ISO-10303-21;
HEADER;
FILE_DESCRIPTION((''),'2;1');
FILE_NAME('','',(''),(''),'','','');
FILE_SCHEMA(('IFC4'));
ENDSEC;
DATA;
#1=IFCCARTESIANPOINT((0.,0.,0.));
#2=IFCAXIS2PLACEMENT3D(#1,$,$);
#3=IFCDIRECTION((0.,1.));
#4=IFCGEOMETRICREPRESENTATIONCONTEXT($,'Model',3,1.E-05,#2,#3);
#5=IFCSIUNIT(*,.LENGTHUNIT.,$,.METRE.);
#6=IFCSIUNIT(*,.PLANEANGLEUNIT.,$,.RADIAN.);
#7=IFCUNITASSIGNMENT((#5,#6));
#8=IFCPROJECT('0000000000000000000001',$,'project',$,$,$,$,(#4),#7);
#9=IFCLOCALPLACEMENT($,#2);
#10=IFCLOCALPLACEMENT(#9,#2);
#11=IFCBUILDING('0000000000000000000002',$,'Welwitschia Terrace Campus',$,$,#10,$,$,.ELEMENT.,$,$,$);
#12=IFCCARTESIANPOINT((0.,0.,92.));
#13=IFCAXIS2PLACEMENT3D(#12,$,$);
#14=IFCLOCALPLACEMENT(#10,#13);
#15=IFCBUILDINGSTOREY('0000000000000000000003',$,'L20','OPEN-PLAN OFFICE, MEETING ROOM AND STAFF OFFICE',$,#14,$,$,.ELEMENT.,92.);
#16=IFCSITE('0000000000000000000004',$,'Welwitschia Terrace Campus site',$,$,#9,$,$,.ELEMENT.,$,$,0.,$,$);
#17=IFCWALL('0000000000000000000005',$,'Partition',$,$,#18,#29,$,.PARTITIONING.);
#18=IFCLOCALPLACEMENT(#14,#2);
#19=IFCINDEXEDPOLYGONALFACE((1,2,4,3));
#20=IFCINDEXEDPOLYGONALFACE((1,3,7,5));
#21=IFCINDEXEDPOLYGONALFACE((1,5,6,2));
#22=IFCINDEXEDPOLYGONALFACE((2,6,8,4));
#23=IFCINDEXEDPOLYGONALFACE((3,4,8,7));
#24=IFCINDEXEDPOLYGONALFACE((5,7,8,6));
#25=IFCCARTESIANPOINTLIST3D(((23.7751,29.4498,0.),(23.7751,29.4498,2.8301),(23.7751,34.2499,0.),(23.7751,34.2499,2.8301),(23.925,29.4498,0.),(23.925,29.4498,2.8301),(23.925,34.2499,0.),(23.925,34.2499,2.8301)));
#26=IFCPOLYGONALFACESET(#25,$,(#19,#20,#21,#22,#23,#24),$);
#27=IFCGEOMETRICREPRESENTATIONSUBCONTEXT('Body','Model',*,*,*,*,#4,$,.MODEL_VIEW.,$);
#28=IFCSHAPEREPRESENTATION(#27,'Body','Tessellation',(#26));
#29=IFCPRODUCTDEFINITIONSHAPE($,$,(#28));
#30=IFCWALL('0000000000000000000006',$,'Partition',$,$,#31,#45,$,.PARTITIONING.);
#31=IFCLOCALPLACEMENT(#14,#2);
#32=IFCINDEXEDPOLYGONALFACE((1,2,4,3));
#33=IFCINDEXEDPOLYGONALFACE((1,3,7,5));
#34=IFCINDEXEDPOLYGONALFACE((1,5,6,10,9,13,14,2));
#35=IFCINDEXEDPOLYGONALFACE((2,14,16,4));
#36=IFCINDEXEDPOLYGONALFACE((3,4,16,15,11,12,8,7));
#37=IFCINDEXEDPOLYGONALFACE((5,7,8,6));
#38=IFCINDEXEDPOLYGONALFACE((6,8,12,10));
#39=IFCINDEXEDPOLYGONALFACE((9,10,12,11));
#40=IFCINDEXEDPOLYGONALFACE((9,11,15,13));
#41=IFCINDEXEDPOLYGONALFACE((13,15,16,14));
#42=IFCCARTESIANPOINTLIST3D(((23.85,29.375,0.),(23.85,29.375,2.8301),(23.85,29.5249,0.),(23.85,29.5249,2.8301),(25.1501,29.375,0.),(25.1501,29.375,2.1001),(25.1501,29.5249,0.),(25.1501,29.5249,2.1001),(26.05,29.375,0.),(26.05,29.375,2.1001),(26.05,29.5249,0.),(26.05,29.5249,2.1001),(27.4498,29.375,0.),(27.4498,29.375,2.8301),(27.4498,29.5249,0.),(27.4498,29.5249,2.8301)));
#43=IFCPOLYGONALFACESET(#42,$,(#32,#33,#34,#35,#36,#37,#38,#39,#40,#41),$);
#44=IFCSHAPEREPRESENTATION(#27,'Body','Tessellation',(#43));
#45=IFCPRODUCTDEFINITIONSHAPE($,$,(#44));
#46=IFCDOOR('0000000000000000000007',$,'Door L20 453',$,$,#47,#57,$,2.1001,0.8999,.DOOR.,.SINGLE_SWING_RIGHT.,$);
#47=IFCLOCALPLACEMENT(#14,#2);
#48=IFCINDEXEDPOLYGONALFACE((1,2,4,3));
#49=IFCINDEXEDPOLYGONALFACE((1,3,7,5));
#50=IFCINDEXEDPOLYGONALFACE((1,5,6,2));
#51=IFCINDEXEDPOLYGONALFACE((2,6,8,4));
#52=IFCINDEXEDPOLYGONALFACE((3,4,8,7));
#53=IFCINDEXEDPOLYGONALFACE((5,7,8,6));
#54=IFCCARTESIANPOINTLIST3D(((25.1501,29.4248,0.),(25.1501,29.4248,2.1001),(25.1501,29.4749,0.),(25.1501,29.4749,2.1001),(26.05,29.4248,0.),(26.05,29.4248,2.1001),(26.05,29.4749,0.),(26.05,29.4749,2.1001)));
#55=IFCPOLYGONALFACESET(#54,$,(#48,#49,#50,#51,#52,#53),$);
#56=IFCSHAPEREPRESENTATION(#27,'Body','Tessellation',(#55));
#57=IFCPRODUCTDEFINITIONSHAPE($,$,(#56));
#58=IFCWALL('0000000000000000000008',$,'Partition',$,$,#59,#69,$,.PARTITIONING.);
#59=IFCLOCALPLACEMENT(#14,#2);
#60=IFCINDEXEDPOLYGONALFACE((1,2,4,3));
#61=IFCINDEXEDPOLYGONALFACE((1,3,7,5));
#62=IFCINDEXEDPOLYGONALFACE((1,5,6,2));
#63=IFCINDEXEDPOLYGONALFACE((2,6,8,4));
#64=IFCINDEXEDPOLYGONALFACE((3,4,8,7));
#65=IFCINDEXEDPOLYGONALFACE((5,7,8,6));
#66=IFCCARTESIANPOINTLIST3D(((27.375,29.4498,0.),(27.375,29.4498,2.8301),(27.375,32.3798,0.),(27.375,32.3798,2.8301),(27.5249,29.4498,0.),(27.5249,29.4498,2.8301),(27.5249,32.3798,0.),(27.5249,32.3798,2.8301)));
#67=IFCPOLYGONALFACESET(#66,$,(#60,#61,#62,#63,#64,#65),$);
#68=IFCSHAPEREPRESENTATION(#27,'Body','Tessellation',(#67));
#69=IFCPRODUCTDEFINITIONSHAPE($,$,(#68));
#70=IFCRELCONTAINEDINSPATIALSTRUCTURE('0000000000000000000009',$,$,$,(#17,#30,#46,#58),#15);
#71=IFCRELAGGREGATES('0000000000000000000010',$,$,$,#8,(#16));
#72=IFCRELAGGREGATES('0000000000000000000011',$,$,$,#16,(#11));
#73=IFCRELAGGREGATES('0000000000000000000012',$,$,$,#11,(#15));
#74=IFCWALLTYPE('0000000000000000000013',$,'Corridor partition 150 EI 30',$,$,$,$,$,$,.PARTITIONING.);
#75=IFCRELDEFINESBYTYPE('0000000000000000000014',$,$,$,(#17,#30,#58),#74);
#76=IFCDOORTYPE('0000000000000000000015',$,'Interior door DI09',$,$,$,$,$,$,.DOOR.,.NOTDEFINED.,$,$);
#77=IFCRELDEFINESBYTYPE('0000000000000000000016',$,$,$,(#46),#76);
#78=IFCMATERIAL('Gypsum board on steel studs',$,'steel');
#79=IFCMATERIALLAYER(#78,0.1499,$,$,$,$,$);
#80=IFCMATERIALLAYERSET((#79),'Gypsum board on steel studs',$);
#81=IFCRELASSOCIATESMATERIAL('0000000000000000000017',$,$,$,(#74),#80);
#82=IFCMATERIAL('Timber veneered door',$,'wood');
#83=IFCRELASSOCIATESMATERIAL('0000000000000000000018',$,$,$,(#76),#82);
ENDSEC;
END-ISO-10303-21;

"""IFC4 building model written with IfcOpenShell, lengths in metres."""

from ifc_helpers import new_model, si_unit, direction, frame, frame_2d, origin, place, context, subcontext, project, spatial, rectangle, extrude, material, layer, layer_set, type_object, element, fill, save


model = new_model("IFC4")

# Units and contexts
model_context = context("Model", 3, precision=1e-05, world=origin(), true_north=direction((0.0, 1.0)))
body_context = subcontext(model_context, "Body", "Model", "MODEL_VIEW")
ifc_project = project(units=[si_unit("LENGTHUNIT", "METRE"), si_unit("PLANEANGLEUNIT", "RADIAN")], contexts=[model_context])

# Site, building, storey
site_placement = place(None, origin())
site = spatial("IfcSite", under=ifc_project, at=site_placement, Name="Welwitschia Terrace Campus site", CompositionType="ELEMENT", RefElevation=0.0)
building_placement = place(site_placement, origin())
building = spatial("IfcBuilding", under=site, at=building_placement, Name="Welwitschia Terrace Campus", CompositionType="ELEMENT")
storey_placement = place(building_placement, frame((0.0, 0.0, 92.0)))
storey = spatial("IfcBuildingStorey", under=building, at=storey_placement, Name="L20", Description="OPEN-PLAN OFFICE, MEETING ROOM AND STAFF OFFICE", CompositionType="ELEMENT", Elevation=92.0)

# Shared definitions
ifc_material_1 = material(Name="Gypsum board on steel studs", Category="steel")
ifc_layer_1 = layer(ifc_material_1, 0.1499)
ifc_layer_set_1 = layer_set([ifc_layer_1], Name="Gypsum board on steel studs")
wall_type = type_object("IfcWallType", Name="Corridor partition 150 EI 30", PredefinedType="PARTITIONING", material=ifc_layer_set_1)

# Shared definitions
ifc_material_2 = material(Name="Timber veneered door", Category="wood")
door_type = type_object("IfcDoorType", Name="Interior door DI09", OperationType="NOTDEFINED", PredefinedType="DOOR", material=ifc_material_2)

# Wall
wall_1_placement = place(storey_placement, frame((23.8501, 29.45, 0.0), z_axis=(0.0, 0.0, 1.0), x_axis=(0.0, 1.0, 0.0)))
element("IfcWall", 1, at=wall_1_placement, inside=storey, type_object=wall_type, Name="Partition", PredefinedType="PARTITIONING", context=body_context, shape_type="SweptSolid", body=[
    extrude(rectangle(XDim=4.8, YDim=0.1499, at=frame_2d((2.3999, 0.0))), origin(), (0.0, 0.0, 1.0), 2.8301),
])

# Wall, opening, door
wall_2_placement = place(storey_placement, frame((23.8501, 29.45, 0.0), z_axis=(0.0, 0.0, 1.0), x_axis=(1.0, 0.0, 0.0)))
wall_2 = element("IfcWall", 2, at=wall_2_placement, inside=storey, type_object=wall_type, Name="Partition", PredefinedType="PARTITIONING", context=body_context, shape_type="SweptSolid", body=[
    extrude(rectangle(XDim=3.5999, YDim=0.1499, at=frame_2d((1.7998, 0.0))), origin(), (0.0, 0.0, 1.0), 2.8301),
])
opening_1_placement = place(wall_2_placement, frame((1.3, 0.0, 0.0)))
opening_1 = element("IfcOpeningElement", 3, at=opening_1_placement, cuts=wall_2, PredefinedType="OPENING", context=body_context, shape_type="SweptSolid", body=[
    extrude(rectangle(XDim=0.8999, YDim=2.1001, at=frame_2d((0.45, 1.05))), frame((0.0, 0.085, 0.0), z_axis=(0.0, -1.0, 0.0), x_axis=(1.0, 0.0, 0.0)), (0.0, 0.0, 1.0), 0.1699),
])
door_1_placement = place(opening_1_placement, origin())
door_1 = element("IfcDoor", 4, at=door_1_placement, inside=storey, type_object=door_type, Name="Door L20 453", OperationType="SINGLE_SWING_RIGHT", OverallHeight=2.1001, OverallWidth=0.8999, PredefinedType="DOOR", context=body_context, shape_type="SweptSolid", body=[
    extrude(rectangle(XDim=0.8999, YDim=2.1001, at=frame_2d((0.45, 1.05))), frame((0.0, 0.0249, 0.0), z_axis=(0.0, -1.0, 0.0), x_axis=(1.0, 0.0, 0.0)), (0.0, 0.0, 1.0), 0.05),
])
fill(opening_1, door_1)

# Wall
wall_3_placement = place(storey_placement, frame((27.45, 29.45, 0.0), z_axis=(0.0, 0.0, 1.0), x_axis=(0.0, 1.0, 0.0)))
element("IfcWall", 5, at=wall_3_placement, inside=storey, type_object=wall_type, Name="Partition", PredefinedType="PARTITIONING", context=body_context, shape_type="SweptSolid", body=[
    extrude(rectangle(XDim=2.9299, YDim=0.1499, at=frame_2d((1.4648, 0.0))), origin(), (0.0, 0.0, 1.0), 2.8301),
])

save(model, "model.ifc")
